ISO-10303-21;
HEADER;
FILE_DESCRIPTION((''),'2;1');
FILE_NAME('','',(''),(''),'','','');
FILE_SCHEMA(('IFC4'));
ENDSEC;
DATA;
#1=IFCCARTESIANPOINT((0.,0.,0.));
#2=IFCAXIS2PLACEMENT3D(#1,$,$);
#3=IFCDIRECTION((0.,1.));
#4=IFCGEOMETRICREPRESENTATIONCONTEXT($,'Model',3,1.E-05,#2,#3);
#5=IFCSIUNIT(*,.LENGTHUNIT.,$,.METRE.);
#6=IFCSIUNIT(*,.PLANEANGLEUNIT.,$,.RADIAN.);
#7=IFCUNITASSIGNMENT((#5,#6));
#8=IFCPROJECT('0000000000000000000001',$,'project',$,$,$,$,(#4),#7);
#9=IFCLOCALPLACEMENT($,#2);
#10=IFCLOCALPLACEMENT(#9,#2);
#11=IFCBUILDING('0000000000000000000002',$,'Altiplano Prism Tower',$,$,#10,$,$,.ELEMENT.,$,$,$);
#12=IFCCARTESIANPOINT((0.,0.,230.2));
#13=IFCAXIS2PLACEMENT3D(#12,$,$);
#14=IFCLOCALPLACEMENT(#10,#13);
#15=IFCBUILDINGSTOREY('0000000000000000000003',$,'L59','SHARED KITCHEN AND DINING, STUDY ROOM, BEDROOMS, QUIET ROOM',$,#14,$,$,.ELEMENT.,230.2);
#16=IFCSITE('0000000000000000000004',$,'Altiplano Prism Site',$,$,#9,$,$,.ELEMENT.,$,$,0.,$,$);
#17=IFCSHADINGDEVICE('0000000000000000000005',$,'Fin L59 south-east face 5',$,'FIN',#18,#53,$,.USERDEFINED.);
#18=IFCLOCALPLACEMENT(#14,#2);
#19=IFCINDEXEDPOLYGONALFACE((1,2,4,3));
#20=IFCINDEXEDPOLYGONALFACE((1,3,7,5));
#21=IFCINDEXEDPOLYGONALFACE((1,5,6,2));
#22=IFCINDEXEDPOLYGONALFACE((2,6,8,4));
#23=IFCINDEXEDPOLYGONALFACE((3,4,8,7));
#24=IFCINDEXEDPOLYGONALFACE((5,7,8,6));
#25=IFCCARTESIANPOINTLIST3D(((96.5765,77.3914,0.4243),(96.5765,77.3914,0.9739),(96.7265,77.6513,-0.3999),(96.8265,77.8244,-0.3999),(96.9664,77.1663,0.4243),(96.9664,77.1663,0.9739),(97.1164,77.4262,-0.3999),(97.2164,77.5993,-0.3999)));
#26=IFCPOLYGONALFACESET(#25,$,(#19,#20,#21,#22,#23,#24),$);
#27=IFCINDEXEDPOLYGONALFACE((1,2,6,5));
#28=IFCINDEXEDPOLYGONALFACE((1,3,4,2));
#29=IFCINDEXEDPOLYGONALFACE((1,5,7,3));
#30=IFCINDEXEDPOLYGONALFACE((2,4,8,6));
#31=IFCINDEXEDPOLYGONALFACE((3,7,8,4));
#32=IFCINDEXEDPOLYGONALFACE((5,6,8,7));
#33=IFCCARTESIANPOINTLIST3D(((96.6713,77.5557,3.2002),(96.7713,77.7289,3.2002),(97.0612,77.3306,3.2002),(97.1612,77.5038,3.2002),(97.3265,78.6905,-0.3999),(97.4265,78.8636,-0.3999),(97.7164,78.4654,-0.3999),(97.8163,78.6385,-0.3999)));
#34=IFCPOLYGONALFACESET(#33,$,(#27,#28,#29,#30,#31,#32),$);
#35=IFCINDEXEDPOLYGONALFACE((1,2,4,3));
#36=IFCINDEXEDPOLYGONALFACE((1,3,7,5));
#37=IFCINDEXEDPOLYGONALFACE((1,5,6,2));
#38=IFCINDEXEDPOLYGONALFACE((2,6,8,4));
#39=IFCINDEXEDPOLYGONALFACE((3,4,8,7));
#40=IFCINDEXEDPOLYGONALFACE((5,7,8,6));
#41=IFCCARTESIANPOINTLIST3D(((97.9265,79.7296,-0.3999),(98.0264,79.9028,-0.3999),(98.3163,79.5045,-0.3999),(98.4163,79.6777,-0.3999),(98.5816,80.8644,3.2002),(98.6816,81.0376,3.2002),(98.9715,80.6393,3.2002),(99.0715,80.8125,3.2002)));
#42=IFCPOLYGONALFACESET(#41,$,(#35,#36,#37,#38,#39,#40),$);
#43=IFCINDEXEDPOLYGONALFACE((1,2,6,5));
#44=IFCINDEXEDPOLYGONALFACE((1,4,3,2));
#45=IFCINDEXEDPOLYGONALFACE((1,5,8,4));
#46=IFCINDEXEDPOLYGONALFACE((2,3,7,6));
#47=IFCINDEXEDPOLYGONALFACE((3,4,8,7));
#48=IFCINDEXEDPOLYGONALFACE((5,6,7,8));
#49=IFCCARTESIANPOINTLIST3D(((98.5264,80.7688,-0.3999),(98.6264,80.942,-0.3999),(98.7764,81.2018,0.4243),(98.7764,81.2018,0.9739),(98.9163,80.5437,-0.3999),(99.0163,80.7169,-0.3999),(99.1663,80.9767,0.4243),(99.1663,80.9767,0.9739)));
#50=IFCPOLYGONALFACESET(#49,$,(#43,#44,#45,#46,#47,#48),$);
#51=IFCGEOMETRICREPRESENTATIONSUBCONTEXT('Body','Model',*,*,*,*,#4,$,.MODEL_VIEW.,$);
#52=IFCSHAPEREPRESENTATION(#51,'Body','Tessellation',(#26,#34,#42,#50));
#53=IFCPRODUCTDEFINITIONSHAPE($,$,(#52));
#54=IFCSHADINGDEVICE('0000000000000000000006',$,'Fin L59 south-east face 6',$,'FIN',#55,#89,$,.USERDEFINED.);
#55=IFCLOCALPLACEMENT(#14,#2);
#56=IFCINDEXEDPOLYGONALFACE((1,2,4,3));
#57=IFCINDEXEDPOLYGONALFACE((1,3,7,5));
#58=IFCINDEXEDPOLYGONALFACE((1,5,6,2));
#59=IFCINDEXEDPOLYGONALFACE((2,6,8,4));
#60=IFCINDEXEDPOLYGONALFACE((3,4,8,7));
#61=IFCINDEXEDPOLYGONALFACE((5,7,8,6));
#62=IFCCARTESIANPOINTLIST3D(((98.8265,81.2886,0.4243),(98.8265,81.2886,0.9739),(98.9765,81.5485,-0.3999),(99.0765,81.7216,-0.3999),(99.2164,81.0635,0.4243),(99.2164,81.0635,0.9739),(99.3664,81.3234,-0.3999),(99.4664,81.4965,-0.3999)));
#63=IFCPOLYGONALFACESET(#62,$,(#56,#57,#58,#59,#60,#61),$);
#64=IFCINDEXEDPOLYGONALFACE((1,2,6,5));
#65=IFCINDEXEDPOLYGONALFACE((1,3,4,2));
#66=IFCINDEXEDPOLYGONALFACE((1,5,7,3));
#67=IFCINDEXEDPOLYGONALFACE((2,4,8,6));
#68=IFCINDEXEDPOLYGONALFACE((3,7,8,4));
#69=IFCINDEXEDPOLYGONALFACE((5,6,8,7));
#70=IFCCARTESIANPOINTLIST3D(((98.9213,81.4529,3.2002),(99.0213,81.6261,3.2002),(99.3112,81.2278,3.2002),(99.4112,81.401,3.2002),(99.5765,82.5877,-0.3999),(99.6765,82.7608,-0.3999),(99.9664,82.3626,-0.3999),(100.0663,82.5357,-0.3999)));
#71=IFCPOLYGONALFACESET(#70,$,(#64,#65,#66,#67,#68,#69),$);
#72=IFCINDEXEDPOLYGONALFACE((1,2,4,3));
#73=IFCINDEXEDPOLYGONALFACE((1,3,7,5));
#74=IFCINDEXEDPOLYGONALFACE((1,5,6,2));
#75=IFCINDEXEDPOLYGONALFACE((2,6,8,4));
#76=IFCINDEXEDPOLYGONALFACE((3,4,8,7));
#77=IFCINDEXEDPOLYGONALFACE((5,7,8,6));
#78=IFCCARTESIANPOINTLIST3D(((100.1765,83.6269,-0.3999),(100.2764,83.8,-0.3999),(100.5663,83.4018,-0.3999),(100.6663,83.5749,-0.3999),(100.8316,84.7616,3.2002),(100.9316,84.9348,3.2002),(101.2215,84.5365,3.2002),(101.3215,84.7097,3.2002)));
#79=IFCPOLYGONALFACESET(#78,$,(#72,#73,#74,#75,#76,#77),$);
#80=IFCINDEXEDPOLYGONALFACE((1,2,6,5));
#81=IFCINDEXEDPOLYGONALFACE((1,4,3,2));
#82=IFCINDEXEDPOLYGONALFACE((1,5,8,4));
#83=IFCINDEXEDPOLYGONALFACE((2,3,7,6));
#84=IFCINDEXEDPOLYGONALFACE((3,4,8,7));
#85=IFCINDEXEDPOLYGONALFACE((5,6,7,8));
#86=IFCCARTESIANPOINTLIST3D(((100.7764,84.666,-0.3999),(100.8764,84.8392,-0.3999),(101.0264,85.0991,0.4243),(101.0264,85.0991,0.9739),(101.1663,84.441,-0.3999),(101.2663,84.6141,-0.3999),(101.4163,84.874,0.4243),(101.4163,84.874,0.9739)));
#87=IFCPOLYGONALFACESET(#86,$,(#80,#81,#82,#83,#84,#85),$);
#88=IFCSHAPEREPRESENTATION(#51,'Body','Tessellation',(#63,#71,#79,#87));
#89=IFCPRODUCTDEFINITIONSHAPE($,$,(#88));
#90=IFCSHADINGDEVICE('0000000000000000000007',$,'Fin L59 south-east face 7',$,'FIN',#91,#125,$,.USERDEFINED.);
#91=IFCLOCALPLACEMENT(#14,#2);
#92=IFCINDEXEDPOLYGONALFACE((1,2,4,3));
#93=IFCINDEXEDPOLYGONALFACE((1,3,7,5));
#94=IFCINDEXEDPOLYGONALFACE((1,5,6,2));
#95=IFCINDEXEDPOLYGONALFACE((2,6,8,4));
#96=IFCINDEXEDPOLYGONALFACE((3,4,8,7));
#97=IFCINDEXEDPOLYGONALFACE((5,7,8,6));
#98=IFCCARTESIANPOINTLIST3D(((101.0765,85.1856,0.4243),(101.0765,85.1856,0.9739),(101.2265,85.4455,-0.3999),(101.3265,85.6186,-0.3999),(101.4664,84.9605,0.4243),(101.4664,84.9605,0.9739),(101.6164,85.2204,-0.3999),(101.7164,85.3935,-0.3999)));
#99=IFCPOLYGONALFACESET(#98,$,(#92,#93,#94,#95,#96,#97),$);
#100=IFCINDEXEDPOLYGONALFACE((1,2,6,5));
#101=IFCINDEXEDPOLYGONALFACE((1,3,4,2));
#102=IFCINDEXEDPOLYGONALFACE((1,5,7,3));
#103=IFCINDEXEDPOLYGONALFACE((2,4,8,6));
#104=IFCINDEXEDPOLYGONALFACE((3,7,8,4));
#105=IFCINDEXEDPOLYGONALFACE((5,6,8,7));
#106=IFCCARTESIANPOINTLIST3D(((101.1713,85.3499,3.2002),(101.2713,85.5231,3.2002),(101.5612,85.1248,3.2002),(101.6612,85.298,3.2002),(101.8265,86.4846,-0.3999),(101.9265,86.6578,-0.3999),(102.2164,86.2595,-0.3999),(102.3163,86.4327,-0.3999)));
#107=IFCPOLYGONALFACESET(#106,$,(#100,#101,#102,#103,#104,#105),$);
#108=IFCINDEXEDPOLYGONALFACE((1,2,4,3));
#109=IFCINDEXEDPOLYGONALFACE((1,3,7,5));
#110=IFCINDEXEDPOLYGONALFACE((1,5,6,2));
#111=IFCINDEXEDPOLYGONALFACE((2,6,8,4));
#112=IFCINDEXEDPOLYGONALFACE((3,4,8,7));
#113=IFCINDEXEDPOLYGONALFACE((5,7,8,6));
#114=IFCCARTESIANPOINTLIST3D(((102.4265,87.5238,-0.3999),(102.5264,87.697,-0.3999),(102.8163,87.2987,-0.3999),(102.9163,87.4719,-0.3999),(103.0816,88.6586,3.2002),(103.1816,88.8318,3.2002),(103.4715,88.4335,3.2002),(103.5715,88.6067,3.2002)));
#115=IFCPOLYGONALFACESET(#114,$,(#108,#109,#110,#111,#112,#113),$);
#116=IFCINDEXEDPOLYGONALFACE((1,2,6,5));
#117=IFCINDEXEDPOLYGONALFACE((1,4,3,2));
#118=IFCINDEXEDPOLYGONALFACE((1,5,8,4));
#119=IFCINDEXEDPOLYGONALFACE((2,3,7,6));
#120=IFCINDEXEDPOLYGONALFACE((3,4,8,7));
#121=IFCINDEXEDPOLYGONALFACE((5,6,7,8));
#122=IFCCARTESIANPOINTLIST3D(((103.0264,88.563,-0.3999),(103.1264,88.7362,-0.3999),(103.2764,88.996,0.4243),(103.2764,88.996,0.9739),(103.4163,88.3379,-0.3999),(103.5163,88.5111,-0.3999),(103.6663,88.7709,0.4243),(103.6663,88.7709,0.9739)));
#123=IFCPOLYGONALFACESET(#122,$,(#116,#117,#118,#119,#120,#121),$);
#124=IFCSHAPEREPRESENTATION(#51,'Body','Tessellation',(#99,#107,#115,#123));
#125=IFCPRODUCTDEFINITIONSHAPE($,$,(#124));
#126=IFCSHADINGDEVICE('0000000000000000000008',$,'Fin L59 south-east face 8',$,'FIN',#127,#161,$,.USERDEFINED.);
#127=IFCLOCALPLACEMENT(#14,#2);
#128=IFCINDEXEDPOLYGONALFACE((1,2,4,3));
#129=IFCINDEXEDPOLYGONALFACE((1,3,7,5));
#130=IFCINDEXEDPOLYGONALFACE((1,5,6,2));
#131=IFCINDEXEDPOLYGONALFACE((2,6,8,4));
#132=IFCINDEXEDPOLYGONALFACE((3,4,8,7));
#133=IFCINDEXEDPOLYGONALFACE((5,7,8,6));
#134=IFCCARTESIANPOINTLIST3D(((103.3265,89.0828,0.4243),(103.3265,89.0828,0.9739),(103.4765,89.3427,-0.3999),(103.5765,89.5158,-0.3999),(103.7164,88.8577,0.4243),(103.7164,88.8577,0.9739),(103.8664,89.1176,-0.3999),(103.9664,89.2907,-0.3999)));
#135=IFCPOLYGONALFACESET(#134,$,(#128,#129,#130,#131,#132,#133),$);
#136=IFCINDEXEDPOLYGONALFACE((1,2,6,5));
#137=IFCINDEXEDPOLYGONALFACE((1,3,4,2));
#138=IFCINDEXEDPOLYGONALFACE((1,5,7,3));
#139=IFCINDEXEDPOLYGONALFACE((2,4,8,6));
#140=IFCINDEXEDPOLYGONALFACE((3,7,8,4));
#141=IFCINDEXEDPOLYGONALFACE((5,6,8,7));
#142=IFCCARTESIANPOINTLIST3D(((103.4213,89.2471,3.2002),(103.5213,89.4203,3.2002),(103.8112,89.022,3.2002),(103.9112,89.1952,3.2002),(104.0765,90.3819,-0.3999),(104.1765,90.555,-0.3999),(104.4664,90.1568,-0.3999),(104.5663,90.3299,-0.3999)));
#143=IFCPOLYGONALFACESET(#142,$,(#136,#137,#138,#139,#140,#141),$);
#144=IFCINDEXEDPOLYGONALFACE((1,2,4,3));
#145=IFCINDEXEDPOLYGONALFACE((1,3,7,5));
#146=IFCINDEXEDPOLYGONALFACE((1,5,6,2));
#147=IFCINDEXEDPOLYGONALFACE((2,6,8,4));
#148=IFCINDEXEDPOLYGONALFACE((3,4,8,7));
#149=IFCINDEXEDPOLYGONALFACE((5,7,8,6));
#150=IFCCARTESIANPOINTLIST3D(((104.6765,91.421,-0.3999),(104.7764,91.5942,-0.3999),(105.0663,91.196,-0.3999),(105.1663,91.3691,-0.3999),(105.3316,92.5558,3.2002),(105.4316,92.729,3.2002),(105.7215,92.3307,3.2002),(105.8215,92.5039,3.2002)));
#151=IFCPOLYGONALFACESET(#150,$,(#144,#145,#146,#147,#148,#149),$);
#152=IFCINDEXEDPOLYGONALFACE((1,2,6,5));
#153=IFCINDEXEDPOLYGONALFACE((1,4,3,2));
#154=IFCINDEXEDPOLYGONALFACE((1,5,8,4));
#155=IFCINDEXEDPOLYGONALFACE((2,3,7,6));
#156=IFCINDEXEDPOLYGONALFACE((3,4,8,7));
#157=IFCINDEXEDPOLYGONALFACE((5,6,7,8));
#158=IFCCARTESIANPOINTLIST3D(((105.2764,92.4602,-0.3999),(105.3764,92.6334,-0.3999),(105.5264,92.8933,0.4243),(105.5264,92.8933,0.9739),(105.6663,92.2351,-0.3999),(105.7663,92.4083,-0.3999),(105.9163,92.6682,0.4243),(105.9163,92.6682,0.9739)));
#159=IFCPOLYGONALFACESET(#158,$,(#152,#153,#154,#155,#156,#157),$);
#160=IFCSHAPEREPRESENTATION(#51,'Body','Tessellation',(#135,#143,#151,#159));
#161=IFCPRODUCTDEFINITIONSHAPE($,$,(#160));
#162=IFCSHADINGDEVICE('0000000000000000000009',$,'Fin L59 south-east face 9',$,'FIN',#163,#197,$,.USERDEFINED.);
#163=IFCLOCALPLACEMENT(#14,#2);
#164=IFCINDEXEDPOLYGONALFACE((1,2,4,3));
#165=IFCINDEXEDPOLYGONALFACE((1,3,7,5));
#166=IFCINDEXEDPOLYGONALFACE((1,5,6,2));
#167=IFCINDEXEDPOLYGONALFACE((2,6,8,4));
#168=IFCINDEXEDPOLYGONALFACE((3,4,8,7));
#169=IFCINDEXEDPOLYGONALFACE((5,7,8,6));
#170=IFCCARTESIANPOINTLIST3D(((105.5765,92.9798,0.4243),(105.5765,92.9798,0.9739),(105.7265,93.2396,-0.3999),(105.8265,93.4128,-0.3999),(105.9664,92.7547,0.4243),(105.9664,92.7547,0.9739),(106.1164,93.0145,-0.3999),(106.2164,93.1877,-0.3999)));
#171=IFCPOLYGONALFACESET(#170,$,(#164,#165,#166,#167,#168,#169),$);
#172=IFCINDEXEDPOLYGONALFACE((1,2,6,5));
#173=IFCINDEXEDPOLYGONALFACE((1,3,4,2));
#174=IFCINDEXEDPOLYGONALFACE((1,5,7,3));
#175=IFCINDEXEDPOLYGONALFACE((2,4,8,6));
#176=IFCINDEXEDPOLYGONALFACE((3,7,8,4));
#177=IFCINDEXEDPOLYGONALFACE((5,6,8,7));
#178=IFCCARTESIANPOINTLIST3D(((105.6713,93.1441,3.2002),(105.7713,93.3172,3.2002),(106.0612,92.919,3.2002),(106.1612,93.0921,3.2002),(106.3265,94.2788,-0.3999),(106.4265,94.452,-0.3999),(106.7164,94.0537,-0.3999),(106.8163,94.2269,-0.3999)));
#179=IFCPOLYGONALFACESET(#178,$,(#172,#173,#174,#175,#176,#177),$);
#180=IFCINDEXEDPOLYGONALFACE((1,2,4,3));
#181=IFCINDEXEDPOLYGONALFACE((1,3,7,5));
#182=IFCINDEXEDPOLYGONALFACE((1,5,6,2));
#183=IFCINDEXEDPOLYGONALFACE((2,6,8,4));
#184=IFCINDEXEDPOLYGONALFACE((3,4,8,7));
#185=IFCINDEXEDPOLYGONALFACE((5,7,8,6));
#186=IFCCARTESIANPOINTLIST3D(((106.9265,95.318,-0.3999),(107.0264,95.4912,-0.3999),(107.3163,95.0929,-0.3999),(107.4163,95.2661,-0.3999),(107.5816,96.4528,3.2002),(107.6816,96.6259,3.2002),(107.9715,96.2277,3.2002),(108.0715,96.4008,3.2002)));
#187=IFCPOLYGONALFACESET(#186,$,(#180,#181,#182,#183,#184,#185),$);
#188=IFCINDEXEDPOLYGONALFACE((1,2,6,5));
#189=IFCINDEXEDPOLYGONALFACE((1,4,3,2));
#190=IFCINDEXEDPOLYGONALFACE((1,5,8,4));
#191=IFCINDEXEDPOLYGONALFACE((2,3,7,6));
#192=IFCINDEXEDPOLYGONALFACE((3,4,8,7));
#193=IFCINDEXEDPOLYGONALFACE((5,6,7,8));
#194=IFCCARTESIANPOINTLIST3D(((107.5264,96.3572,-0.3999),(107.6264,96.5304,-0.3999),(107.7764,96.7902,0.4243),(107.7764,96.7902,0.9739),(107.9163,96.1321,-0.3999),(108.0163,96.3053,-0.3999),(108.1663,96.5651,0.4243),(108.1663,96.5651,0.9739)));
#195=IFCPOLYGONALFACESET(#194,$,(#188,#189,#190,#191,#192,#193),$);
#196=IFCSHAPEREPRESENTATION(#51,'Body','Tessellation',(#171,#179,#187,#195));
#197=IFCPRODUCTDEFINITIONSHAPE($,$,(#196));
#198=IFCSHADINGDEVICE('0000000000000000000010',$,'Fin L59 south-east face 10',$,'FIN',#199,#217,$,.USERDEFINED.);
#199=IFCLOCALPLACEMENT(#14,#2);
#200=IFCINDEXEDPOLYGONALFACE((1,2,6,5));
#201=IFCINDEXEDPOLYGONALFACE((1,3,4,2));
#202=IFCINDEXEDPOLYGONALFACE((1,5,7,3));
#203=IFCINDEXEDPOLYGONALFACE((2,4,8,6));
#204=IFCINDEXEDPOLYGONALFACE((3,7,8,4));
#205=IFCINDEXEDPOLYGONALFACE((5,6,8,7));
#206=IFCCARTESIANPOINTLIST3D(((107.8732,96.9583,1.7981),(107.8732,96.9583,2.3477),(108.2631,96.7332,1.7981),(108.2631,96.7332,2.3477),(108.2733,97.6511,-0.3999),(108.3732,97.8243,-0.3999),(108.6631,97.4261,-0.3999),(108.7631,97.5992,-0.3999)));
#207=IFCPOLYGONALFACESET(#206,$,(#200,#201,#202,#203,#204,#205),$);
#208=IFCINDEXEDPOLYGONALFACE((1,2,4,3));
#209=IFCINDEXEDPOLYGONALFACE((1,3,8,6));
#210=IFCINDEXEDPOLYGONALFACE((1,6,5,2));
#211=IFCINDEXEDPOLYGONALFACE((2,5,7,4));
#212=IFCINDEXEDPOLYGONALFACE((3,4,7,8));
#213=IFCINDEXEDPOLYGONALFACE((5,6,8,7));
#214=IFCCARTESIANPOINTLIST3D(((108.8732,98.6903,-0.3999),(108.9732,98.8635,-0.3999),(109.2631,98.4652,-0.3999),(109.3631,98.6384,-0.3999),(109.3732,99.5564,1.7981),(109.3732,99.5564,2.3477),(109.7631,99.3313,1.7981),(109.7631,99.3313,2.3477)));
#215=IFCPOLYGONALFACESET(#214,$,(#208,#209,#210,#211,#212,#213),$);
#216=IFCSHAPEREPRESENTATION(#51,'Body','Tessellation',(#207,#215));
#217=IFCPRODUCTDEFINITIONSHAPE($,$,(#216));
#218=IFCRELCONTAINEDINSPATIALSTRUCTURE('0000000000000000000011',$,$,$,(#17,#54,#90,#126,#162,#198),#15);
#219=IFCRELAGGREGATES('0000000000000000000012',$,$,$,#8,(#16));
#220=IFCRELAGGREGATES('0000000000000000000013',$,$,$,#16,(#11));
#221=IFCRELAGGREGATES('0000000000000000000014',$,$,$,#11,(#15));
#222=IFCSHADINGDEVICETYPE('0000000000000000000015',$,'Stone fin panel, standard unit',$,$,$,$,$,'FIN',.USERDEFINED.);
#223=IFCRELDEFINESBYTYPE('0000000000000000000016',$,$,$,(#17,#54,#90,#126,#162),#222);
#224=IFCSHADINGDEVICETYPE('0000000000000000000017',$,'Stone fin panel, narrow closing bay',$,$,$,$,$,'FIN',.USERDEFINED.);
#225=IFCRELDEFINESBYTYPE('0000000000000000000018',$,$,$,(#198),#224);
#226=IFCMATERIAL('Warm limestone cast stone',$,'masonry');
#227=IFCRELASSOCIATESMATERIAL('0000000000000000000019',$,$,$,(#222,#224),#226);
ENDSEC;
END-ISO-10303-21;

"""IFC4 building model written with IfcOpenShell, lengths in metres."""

from ifc_helpers import new_model, si_unit, direction, frame, origin, place, context, subcontext, project, spatial, polyline, outline, extrude, source, transform, mapped, material, type_object, element, save


model = new_model("IFC4")

# Units and contexts
model_context = context("Model", 3, precision=1e-05, world=origin(), true_north=direction((0.0, 1.0)))
body_context = subcontext(model_context, "Body", "Model", "MODEL_VIEW")
ifc_project = project(units=[si_unit("LENGTHUNIT", "METRE"), si_unit("PLANEANGLEUNIT", "RADIAN")], contexts=[model_context])

# Site, building, storey
site_placement = place(None, origin())
site = spatial("IfcSite", under=ifc_project, at=site_placement, Name="Altiplano Prism Site", CompositionType="ELEMENT", RefElevation=0.0)
building_placement = place(site_placement, origin())
building = spatial("IfcBuilding", under=site, at=building_placement, Name="Altiplano Prism Tower", CompositionType="ELEMENT")
storey_placement = place(building_placement, frame((0.0, 0.0, 230.2)))
storey = spatial("IfcBuildingStorey", under=building, at=storey_placement, Name="L59", Description="SHARED KITCHEN AND DINING, STUDY ROOM, BEDROOMS, QUIET ROOM", CompositionType="ELEMENT", Elevation=230.2)

# Shading devices
ifc_material_1 = material(Name="Warm limestone cast stone", Category="masonry")
shading_device_type_1 = type_object("IfcShadingDeviceType", Name="Stone fin panel, standard unit", ElementType="FIN", PredefinedType="USERDEFINED", material=ifc_material_1)
shared_shape_1 = source(origin(), body_context, "Body", "SweptSolid", [
    extrude(outline(polyline([(-2.2, 1.3738), (-2.2, 0.8242), (-1.8999, 0.0), (-1.7, 0.0), (-2.2, 1.3738)])), frame((0.0, -0.1499, 0.0), z_axis=(0.0, -1.0, 0.0), x_axis=(1.0, 0.0, 0.0)), (0.0, 0.0, 1.0), 0.4502),
    extrude(outline(polyline([(-2.0103, 3.6001), (-0.7, 0.0), (-0.5, 0.0), (-1.8103, 3.6001), (-2.0103, 3.6001)])), frame((0.0, -0.1499, 0.0), z_axis=(0.0, -1.0, 0.0), x_axis=(1.0, 0.0, 0.0)), (0.0, 0.0, 1.0), 0.4502),
    extrude(outline(polyline([(1.8103, 3.6001), (0.5, 0.0), (0.7, 0.0), (2.0103, 3.6001), (1.8103, 3.6001)])), frame((0.0, -0.1499, 0.0), z_axis=(0.0, -1.0, 0.0), x_axis=(1.0, 0.0, 0.0)), (0.0, 0.0, 1.0), 0.4502),
    extrude(outline(polyline([(2.2, 0.8242), (2.2, 1.3738), (1.7, 0.0), (1.8999, 0.0), (2.2, 0.8242)])), frame((0.0, -0.1499, 0.0), z_axis=(0.0, -1.0, 0.0), x_axis=(1.0, 0.0, 0.0)), (0.0, 0.0, 1.0), 0.4502),
])
shading_device_1_placement = place(storey_placement, origin())
element("IfcShadingDevice", 1, at=shading_device_1_placement, inside=storey, type_object=shading_device_type_1, Name="Fin L59 south-east face 5", ObjectType="FIN", PredefinedType="USERDEFINED", context=body_context, shape_type="MappedRepresentation", body=[
    mapped(shared_shape_1, transform((97.5466, 79.3716, -0.3999), x_axis=(0.5, 0.866025, 0.0), y_axis=(-0.866025, 0.5, 0.0), z_axis=(0.0, 0.0, 1.0))),
])
shading_device_2_placement = place(storey_placement, origin())
element("IfcShadingDevice", 2, at=shading_device_2_placement, inside=storey, type_object=shading_device_type_1, Name="Fin L59 south-east face 6", ObjectType="FIN", PredefinedType="USERDEFINED", context=body_context, shape_type="MappedRepresentation", body=[
    mapped(shared_shape_1, transform((99.7966, 83.2688, -0.3999), x_axis=(0.5, 0.866025, 0.0), y_axis=(-0.866025, 0.5, 0.0), z_axis=(0.0, 0.0, 1.0))),
])
shading_device_3_placement = place(storey_placement, origin())
element("IfcShadingDevice", 3, at=shading_device_3_placement, inside=storey, type_object=shading_device_type_1, Name="Fin L59 south-east face 7", ObjectType="FIN", PredefinedType="USERDEFINED", context=body_context, shape_type="MappedRepresentation", body=[
    mapped(shared_shape_1, transform((102.0466, 87.1658, -0.3999), x_axis=(0.5, 0.866025, 0.0), y_axis=(-0.866025, 0.5, 0.0), z_axis=(0.0, 0.0, 1.0))),
])
shading_device_4_placement = place(storey_placement, origin())
element("IfcShadingDevice", 4, at=shading_device_4_placement, inside=storey, type_object=shading_device_type_1, Name="Fin L59 south-east face 8", ObjectType="FIN", PredefinedType="USERDEFINED", context=body_context, shape_type="MappedRepresentation", body=[
    mapped(shared_shape_1, transform((104.2966, 91.063, -0.3999), x_axis=(0.5, 0.866025, 0.0), y_axis=(-0.866025, 0.5, 0.0), z_axis=(0.0, 0.0, 1.0))),
])
shading_device_5_placement = place(storey_placement, origin())
element("IfcShadingDevice", 5, at=shading_device_5_placement, inside=storey, type_object=shading_device_type_1, Name="Fin L59 south-east face 9", ObjectType="FIN", PredefinedType="USERDEFINED", context=body_context, shape_type="MappedRepresentation", body=[
    mapped(shared_shape_1, transform((106.5466, 94.96, -0.3999), x_axis=(0.5, 0.866025, 0.0), y_axis=(-0.866025, 0.5, 0.0), z_axis=(0.0, 0.0, 1.0))),
])
shading_device_type_2 = type_object("IfcShadingDeviceType", Name="Stone fin panel, narrow closing bay", ElementType="FIN", PredefinedType="USERDEFINED", material=ifc_material_1)
shared_shape_2 = source(origin(), body_context, "Body", "SweptSolid", [
    extrude(outline(polyline([(-1.5, 2.7476), (-1.5, 2.198), (-0.7, 0.0), (-0.5, 0.0), (-1.5, 2.7476)])), frame((0.0, -0.1499, 0.0), z_axis=(0.0, -1.0, 0.0), x_axis=(1.0, 0.0, 0.0)), (0.0, 0.0, 1.0), 0.4502),
    extrude(outline(polyline([(1.5, 2.198), (1.5, 2.7476), (0.5, 0.0), (0.7, 0.0), (1.5, 2.198)])), frame((0.0, -0.1499, 0.0), z_axis=(0.0, -1.0, 0.0), x_axis=(1.0, 0.0, 0.0)), (0.0, 0.0, 1.0), 0.4502),
])
shading_device_6_placement = place(storey_placement, origin())
element("IfcShadingDevice", 6, at=shading_device_6_placement, inside=storey, type_object=shading_device_type_2, Name="Fin L59 south-east face 10", ObjectType="FIN", PredefinedType="USERDEFINED", context=body_context, shape_type="MappedRepresentation", body=[
    mapped(shared_shape_2, transform((108.4934, 98.3323, -0.3999), x_axis=(0.5, 0.866025, 0.0), y_axis=(-0.866025, 0.5, 0.0), z_axis=(0.0, 0.0, 1.0))),
])

save(model, "model.ifc")
